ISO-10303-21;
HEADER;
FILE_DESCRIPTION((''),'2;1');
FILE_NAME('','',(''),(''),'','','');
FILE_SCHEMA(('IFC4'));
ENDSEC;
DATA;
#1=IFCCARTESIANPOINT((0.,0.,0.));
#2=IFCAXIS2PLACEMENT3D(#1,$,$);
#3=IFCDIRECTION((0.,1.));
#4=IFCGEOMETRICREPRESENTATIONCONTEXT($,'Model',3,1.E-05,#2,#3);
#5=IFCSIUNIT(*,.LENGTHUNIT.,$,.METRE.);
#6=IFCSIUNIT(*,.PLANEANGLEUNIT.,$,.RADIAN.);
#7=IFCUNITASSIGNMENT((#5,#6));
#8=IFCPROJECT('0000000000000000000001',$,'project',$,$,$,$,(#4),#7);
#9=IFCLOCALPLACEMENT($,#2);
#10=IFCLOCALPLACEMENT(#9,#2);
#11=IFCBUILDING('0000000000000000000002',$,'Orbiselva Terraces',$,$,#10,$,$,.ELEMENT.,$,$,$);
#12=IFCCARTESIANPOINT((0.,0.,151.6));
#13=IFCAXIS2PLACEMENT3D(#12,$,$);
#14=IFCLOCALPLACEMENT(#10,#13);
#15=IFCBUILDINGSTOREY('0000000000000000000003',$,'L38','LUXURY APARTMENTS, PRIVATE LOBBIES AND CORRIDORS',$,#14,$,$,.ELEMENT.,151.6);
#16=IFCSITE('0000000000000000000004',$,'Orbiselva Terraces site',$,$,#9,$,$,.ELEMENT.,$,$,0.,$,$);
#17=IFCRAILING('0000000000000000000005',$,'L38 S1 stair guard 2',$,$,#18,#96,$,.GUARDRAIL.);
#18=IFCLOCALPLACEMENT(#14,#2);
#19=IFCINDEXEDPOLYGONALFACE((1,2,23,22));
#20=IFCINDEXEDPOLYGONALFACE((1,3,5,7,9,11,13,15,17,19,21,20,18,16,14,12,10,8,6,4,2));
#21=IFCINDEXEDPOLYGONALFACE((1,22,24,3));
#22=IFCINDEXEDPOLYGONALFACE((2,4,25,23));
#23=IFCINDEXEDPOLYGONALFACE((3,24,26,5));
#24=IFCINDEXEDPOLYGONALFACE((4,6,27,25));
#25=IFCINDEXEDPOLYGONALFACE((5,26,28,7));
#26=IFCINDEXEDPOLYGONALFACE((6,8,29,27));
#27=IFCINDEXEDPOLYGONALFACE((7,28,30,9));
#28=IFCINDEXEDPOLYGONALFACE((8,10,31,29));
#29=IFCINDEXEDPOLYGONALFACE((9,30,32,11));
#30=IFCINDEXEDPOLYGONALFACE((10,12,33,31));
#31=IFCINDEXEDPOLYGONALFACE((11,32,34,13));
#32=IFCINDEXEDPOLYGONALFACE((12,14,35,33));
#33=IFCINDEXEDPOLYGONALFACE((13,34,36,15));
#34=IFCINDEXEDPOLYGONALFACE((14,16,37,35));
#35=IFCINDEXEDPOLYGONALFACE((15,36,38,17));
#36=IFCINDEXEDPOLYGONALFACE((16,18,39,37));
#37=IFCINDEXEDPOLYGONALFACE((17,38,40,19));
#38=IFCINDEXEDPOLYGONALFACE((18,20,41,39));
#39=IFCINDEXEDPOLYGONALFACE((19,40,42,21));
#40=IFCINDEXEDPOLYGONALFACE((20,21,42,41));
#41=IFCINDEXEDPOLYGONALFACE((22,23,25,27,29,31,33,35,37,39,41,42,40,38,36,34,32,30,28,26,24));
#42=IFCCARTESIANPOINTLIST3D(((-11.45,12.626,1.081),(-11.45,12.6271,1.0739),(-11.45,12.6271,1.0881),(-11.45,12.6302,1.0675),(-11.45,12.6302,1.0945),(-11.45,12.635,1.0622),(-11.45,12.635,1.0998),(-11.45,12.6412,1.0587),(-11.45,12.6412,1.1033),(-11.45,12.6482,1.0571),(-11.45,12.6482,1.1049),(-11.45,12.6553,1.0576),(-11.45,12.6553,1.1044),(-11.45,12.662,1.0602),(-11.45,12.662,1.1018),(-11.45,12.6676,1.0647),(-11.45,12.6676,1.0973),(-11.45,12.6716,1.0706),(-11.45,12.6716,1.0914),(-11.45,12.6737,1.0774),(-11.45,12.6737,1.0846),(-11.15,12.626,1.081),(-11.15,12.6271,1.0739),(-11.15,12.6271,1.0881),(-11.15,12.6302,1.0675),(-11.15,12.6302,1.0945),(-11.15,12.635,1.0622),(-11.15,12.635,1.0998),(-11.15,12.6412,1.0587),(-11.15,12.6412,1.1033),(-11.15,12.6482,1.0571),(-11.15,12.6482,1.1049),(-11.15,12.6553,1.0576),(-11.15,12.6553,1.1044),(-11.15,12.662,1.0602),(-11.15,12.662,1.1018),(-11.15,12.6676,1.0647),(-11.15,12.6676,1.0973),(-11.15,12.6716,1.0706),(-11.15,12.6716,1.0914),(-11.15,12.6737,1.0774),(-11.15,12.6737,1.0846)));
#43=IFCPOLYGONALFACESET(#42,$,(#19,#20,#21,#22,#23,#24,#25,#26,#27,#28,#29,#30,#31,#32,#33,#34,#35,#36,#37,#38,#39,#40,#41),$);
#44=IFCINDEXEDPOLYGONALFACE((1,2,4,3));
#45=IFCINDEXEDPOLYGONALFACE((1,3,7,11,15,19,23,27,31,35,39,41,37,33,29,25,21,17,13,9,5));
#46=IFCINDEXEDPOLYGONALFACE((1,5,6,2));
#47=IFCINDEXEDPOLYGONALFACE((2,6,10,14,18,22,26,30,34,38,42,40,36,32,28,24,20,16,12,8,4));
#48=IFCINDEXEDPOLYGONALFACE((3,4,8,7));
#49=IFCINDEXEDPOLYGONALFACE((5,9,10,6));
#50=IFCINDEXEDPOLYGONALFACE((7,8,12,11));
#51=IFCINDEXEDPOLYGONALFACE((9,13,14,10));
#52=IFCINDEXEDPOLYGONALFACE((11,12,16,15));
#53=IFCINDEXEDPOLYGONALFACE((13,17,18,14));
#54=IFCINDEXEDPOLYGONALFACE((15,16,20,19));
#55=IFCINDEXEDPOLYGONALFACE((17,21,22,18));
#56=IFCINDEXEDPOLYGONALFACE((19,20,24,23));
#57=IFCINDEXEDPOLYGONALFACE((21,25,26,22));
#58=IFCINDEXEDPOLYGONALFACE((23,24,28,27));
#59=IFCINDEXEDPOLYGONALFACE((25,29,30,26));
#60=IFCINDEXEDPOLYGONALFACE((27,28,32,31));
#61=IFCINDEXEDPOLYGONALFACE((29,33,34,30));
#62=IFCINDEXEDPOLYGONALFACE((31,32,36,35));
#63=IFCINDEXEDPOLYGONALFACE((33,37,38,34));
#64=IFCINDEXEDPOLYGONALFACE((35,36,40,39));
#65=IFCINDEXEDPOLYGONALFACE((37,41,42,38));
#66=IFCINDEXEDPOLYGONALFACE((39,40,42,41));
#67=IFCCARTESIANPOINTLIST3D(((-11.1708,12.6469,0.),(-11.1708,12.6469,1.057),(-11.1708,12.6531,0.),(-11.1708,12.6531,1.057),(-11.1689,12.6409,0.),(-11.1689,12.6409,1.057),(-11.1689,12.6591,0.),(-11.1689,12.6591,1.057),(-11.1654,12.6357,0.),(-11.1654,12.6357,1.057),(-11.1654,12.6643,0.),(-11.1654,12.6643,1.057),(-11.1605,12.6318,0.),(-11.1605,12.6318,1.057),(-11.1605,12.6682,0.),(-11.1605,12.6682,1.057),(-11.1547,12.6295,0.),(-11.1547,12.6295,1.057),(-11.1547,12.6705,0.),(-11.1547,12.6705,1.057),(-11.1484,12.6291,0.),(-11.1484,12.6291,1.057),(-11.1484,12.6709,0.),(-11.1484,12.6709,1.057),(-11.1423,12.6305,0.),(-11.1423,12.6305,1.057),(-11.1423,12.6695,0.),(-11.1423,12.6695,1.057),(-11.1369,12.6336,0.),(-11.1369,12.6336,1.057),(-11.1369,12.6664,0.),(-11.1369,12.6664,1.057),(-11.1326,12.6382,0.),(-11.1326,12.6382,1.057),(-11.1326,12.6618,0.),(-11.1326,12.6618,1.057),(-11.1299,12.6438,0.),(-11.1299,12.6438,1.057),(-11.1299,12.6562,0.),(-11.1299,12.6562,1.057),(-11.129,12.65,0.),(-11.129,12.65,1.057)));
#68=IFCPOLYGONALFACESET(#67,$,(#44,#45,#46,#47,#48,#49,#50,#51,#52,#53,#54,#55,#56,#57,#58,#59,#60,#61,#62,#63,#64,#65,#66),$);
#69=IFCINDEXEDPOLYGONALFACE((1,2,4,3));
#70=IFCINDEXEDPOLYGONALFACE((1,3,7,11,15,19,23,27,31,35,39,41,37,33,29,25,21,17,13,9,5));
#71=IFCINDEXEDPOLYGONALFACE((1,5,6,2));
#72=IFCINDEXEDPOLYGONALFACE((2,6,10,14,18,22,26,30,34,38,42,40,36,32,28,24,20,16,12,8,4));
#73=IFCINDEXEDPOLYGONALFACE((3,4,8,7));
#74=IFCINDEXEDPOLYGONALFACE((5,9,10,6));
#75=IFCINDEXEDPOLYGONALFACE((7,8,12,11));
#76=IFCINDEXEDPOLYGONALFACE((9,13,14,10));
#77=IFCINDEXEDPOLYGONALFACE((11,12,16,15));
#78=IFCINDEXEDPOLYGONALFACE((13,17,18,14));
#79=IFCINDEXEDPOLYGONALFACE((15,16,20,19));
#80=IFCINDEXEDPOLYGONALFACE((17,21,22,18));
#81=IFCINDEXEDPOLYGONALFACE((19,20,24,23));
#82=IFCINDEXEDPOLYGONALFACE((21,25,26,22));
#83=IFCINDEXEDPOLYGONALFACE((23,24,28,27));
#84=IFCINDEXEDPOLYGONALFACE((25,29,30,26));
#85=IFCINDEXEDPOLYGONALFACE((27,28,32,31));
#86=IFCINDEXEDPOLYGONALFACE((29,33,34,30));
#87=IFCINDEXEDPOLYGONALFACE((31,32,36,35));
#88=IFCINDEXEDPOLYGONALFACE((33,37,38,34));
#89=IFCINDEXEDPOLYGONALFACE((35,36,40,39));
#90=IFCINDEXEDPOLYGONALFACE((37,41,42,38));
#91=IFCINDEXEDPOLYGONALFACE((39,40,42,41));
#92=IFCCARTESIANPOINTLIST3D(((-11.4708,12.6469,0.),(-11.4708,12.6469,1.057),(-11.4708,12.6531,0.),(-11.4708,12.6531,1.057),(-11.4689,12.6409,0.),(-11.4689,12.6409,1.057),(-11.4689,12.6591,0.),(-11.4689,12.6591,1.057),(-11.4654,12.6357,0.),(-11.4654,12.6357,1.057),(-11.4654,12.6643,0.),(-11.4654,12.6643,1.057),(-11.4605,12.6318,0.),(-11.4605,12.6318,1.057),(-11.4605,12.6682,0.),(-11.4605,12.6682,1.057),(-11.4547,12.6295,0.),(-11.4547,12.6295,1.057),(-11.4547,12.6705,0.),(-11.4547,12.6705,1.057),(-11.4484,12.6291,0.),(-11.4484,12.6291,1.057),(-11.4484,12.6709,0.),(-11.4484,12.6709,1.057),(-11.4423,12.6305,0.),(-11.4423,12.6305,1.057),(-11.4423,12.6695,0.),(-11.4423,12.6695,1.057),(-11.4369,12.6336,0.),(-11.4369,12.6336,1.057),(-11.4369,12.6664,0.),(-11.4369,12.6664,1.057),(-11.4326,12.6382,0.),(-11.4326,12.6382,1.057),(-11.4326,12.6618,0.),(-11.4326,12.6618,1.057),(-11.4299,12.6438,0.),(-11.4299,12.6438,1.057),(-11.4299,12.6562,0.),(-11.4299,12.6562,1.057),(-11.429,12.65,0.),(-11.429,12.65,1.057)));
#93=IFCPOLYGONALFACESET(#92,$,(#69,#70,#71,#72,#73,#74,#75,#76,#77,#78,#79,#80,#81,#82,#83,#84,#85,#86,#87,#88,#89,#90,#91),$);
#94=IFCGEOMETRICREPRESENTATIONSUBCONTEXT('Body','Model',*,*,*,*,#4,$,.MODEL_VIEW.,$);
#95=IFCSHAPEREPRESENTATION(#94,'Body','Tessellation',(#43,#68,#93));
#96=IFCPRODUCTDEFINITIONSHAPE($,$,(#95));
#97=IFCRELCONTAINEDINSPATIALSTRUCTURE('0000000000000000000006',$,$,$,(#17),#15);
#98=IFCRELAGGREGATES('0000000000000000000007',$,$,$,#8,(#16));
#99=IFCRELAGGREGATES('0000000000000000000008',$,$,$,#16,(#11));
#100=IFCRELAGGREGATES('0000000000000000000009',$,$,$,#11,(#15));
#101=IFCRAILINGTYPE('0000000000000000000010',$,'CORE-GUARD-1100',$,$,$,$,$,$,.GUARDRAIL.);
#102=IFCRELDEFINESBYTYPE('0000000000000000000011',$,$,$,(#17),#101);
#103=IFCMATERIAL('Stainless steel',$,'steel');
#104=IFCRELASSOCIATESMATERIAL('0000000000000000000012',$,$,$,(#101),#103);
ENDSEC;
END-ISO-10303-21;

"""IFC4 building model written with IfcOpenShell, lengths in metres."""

from ifc_helpers import new_model, si_unit, direction, frame, origin, origin_2d, place, context, subcontext, project, spatial, circle, extrude, material, type_object, element, save


model = new_model("IFC4")

# Units and contexts
model_context = context("Model", 3, precision=1e-05, world=origin(), true_north=direction((0.0, 1.0)))
body_context = subcontext(model_context, "Body", "Model", "MODEL_VIEW")
ifc_project = project(units=[si_unit("LENGTHUNIT", "METRE"), si_unit("PLANEANGLEUNIT", "RADIAN")], contexts=[model_context])

# Site, building, storey
site_placement = place(None, origin())
site = spatial("IfcSite", under=ifc_project, at=site_placement, Name="Orbiselva Terraces site", CompositionType="ELEMENT", RefElevation=0.0)
building_placement = place(site_placement, origin())
building = spatial("IfcBuilding", under=site, at=building_placement, Name="Orbiselva Terraces", CompositionType="ELEMENT")
storey_placement = place(building_placement, frame((0.0, 0.0, 151.6)))
storey = spatial("IfcBuildingStorey", under=building, at=storey_placement, Name="L38", Description="LUXURY APARTMENTS, PRIVATE LOBBIES AND CORRIDORS", CompositionType="ELEMENT", Elevation=151.6)

# Railing
ifc_material_1 = material(Name="Stainless steel", Category="steel")
railing_type_1 = type_object("IfcRailingType", Name="CORE-GUARD-1100", PredefinedType="GUARDRAIL", material=ifc_material_1)
railing_1_placement = place(storey_placement, frame((-11.15, 12.65, 0.0)))
element("IfcRailing", 1, at=railing_1_placement, inside=storey, type_object=railing_type_1, Name="L38 S1 stair guard 2", PredefinedType="GUARDRAIL", context=body_context, shape_type="SweptSolid", body=[
    extrude(circle(Radius=0.024, at=origin_2d()), frame((0.0, 0.0, 1.081), z_axis=(-1.0, 0.0, 0.0), x_axis=(0.0, -1.0, 0.0)), (0.0, 0.0, 1.0), 0.3),
    extrude(circle(Radius=0.021, at=origin_2d()), origin(), (0.0, 0.0, 1.0), 1.057),
    extrude(circle(Radius=0.021, at=origin_2d()), frame((-0.3, 0.0, 0.0)), (0.0, 0.0, 1.0), 1.057),
])

save(model, "model.ifc")
